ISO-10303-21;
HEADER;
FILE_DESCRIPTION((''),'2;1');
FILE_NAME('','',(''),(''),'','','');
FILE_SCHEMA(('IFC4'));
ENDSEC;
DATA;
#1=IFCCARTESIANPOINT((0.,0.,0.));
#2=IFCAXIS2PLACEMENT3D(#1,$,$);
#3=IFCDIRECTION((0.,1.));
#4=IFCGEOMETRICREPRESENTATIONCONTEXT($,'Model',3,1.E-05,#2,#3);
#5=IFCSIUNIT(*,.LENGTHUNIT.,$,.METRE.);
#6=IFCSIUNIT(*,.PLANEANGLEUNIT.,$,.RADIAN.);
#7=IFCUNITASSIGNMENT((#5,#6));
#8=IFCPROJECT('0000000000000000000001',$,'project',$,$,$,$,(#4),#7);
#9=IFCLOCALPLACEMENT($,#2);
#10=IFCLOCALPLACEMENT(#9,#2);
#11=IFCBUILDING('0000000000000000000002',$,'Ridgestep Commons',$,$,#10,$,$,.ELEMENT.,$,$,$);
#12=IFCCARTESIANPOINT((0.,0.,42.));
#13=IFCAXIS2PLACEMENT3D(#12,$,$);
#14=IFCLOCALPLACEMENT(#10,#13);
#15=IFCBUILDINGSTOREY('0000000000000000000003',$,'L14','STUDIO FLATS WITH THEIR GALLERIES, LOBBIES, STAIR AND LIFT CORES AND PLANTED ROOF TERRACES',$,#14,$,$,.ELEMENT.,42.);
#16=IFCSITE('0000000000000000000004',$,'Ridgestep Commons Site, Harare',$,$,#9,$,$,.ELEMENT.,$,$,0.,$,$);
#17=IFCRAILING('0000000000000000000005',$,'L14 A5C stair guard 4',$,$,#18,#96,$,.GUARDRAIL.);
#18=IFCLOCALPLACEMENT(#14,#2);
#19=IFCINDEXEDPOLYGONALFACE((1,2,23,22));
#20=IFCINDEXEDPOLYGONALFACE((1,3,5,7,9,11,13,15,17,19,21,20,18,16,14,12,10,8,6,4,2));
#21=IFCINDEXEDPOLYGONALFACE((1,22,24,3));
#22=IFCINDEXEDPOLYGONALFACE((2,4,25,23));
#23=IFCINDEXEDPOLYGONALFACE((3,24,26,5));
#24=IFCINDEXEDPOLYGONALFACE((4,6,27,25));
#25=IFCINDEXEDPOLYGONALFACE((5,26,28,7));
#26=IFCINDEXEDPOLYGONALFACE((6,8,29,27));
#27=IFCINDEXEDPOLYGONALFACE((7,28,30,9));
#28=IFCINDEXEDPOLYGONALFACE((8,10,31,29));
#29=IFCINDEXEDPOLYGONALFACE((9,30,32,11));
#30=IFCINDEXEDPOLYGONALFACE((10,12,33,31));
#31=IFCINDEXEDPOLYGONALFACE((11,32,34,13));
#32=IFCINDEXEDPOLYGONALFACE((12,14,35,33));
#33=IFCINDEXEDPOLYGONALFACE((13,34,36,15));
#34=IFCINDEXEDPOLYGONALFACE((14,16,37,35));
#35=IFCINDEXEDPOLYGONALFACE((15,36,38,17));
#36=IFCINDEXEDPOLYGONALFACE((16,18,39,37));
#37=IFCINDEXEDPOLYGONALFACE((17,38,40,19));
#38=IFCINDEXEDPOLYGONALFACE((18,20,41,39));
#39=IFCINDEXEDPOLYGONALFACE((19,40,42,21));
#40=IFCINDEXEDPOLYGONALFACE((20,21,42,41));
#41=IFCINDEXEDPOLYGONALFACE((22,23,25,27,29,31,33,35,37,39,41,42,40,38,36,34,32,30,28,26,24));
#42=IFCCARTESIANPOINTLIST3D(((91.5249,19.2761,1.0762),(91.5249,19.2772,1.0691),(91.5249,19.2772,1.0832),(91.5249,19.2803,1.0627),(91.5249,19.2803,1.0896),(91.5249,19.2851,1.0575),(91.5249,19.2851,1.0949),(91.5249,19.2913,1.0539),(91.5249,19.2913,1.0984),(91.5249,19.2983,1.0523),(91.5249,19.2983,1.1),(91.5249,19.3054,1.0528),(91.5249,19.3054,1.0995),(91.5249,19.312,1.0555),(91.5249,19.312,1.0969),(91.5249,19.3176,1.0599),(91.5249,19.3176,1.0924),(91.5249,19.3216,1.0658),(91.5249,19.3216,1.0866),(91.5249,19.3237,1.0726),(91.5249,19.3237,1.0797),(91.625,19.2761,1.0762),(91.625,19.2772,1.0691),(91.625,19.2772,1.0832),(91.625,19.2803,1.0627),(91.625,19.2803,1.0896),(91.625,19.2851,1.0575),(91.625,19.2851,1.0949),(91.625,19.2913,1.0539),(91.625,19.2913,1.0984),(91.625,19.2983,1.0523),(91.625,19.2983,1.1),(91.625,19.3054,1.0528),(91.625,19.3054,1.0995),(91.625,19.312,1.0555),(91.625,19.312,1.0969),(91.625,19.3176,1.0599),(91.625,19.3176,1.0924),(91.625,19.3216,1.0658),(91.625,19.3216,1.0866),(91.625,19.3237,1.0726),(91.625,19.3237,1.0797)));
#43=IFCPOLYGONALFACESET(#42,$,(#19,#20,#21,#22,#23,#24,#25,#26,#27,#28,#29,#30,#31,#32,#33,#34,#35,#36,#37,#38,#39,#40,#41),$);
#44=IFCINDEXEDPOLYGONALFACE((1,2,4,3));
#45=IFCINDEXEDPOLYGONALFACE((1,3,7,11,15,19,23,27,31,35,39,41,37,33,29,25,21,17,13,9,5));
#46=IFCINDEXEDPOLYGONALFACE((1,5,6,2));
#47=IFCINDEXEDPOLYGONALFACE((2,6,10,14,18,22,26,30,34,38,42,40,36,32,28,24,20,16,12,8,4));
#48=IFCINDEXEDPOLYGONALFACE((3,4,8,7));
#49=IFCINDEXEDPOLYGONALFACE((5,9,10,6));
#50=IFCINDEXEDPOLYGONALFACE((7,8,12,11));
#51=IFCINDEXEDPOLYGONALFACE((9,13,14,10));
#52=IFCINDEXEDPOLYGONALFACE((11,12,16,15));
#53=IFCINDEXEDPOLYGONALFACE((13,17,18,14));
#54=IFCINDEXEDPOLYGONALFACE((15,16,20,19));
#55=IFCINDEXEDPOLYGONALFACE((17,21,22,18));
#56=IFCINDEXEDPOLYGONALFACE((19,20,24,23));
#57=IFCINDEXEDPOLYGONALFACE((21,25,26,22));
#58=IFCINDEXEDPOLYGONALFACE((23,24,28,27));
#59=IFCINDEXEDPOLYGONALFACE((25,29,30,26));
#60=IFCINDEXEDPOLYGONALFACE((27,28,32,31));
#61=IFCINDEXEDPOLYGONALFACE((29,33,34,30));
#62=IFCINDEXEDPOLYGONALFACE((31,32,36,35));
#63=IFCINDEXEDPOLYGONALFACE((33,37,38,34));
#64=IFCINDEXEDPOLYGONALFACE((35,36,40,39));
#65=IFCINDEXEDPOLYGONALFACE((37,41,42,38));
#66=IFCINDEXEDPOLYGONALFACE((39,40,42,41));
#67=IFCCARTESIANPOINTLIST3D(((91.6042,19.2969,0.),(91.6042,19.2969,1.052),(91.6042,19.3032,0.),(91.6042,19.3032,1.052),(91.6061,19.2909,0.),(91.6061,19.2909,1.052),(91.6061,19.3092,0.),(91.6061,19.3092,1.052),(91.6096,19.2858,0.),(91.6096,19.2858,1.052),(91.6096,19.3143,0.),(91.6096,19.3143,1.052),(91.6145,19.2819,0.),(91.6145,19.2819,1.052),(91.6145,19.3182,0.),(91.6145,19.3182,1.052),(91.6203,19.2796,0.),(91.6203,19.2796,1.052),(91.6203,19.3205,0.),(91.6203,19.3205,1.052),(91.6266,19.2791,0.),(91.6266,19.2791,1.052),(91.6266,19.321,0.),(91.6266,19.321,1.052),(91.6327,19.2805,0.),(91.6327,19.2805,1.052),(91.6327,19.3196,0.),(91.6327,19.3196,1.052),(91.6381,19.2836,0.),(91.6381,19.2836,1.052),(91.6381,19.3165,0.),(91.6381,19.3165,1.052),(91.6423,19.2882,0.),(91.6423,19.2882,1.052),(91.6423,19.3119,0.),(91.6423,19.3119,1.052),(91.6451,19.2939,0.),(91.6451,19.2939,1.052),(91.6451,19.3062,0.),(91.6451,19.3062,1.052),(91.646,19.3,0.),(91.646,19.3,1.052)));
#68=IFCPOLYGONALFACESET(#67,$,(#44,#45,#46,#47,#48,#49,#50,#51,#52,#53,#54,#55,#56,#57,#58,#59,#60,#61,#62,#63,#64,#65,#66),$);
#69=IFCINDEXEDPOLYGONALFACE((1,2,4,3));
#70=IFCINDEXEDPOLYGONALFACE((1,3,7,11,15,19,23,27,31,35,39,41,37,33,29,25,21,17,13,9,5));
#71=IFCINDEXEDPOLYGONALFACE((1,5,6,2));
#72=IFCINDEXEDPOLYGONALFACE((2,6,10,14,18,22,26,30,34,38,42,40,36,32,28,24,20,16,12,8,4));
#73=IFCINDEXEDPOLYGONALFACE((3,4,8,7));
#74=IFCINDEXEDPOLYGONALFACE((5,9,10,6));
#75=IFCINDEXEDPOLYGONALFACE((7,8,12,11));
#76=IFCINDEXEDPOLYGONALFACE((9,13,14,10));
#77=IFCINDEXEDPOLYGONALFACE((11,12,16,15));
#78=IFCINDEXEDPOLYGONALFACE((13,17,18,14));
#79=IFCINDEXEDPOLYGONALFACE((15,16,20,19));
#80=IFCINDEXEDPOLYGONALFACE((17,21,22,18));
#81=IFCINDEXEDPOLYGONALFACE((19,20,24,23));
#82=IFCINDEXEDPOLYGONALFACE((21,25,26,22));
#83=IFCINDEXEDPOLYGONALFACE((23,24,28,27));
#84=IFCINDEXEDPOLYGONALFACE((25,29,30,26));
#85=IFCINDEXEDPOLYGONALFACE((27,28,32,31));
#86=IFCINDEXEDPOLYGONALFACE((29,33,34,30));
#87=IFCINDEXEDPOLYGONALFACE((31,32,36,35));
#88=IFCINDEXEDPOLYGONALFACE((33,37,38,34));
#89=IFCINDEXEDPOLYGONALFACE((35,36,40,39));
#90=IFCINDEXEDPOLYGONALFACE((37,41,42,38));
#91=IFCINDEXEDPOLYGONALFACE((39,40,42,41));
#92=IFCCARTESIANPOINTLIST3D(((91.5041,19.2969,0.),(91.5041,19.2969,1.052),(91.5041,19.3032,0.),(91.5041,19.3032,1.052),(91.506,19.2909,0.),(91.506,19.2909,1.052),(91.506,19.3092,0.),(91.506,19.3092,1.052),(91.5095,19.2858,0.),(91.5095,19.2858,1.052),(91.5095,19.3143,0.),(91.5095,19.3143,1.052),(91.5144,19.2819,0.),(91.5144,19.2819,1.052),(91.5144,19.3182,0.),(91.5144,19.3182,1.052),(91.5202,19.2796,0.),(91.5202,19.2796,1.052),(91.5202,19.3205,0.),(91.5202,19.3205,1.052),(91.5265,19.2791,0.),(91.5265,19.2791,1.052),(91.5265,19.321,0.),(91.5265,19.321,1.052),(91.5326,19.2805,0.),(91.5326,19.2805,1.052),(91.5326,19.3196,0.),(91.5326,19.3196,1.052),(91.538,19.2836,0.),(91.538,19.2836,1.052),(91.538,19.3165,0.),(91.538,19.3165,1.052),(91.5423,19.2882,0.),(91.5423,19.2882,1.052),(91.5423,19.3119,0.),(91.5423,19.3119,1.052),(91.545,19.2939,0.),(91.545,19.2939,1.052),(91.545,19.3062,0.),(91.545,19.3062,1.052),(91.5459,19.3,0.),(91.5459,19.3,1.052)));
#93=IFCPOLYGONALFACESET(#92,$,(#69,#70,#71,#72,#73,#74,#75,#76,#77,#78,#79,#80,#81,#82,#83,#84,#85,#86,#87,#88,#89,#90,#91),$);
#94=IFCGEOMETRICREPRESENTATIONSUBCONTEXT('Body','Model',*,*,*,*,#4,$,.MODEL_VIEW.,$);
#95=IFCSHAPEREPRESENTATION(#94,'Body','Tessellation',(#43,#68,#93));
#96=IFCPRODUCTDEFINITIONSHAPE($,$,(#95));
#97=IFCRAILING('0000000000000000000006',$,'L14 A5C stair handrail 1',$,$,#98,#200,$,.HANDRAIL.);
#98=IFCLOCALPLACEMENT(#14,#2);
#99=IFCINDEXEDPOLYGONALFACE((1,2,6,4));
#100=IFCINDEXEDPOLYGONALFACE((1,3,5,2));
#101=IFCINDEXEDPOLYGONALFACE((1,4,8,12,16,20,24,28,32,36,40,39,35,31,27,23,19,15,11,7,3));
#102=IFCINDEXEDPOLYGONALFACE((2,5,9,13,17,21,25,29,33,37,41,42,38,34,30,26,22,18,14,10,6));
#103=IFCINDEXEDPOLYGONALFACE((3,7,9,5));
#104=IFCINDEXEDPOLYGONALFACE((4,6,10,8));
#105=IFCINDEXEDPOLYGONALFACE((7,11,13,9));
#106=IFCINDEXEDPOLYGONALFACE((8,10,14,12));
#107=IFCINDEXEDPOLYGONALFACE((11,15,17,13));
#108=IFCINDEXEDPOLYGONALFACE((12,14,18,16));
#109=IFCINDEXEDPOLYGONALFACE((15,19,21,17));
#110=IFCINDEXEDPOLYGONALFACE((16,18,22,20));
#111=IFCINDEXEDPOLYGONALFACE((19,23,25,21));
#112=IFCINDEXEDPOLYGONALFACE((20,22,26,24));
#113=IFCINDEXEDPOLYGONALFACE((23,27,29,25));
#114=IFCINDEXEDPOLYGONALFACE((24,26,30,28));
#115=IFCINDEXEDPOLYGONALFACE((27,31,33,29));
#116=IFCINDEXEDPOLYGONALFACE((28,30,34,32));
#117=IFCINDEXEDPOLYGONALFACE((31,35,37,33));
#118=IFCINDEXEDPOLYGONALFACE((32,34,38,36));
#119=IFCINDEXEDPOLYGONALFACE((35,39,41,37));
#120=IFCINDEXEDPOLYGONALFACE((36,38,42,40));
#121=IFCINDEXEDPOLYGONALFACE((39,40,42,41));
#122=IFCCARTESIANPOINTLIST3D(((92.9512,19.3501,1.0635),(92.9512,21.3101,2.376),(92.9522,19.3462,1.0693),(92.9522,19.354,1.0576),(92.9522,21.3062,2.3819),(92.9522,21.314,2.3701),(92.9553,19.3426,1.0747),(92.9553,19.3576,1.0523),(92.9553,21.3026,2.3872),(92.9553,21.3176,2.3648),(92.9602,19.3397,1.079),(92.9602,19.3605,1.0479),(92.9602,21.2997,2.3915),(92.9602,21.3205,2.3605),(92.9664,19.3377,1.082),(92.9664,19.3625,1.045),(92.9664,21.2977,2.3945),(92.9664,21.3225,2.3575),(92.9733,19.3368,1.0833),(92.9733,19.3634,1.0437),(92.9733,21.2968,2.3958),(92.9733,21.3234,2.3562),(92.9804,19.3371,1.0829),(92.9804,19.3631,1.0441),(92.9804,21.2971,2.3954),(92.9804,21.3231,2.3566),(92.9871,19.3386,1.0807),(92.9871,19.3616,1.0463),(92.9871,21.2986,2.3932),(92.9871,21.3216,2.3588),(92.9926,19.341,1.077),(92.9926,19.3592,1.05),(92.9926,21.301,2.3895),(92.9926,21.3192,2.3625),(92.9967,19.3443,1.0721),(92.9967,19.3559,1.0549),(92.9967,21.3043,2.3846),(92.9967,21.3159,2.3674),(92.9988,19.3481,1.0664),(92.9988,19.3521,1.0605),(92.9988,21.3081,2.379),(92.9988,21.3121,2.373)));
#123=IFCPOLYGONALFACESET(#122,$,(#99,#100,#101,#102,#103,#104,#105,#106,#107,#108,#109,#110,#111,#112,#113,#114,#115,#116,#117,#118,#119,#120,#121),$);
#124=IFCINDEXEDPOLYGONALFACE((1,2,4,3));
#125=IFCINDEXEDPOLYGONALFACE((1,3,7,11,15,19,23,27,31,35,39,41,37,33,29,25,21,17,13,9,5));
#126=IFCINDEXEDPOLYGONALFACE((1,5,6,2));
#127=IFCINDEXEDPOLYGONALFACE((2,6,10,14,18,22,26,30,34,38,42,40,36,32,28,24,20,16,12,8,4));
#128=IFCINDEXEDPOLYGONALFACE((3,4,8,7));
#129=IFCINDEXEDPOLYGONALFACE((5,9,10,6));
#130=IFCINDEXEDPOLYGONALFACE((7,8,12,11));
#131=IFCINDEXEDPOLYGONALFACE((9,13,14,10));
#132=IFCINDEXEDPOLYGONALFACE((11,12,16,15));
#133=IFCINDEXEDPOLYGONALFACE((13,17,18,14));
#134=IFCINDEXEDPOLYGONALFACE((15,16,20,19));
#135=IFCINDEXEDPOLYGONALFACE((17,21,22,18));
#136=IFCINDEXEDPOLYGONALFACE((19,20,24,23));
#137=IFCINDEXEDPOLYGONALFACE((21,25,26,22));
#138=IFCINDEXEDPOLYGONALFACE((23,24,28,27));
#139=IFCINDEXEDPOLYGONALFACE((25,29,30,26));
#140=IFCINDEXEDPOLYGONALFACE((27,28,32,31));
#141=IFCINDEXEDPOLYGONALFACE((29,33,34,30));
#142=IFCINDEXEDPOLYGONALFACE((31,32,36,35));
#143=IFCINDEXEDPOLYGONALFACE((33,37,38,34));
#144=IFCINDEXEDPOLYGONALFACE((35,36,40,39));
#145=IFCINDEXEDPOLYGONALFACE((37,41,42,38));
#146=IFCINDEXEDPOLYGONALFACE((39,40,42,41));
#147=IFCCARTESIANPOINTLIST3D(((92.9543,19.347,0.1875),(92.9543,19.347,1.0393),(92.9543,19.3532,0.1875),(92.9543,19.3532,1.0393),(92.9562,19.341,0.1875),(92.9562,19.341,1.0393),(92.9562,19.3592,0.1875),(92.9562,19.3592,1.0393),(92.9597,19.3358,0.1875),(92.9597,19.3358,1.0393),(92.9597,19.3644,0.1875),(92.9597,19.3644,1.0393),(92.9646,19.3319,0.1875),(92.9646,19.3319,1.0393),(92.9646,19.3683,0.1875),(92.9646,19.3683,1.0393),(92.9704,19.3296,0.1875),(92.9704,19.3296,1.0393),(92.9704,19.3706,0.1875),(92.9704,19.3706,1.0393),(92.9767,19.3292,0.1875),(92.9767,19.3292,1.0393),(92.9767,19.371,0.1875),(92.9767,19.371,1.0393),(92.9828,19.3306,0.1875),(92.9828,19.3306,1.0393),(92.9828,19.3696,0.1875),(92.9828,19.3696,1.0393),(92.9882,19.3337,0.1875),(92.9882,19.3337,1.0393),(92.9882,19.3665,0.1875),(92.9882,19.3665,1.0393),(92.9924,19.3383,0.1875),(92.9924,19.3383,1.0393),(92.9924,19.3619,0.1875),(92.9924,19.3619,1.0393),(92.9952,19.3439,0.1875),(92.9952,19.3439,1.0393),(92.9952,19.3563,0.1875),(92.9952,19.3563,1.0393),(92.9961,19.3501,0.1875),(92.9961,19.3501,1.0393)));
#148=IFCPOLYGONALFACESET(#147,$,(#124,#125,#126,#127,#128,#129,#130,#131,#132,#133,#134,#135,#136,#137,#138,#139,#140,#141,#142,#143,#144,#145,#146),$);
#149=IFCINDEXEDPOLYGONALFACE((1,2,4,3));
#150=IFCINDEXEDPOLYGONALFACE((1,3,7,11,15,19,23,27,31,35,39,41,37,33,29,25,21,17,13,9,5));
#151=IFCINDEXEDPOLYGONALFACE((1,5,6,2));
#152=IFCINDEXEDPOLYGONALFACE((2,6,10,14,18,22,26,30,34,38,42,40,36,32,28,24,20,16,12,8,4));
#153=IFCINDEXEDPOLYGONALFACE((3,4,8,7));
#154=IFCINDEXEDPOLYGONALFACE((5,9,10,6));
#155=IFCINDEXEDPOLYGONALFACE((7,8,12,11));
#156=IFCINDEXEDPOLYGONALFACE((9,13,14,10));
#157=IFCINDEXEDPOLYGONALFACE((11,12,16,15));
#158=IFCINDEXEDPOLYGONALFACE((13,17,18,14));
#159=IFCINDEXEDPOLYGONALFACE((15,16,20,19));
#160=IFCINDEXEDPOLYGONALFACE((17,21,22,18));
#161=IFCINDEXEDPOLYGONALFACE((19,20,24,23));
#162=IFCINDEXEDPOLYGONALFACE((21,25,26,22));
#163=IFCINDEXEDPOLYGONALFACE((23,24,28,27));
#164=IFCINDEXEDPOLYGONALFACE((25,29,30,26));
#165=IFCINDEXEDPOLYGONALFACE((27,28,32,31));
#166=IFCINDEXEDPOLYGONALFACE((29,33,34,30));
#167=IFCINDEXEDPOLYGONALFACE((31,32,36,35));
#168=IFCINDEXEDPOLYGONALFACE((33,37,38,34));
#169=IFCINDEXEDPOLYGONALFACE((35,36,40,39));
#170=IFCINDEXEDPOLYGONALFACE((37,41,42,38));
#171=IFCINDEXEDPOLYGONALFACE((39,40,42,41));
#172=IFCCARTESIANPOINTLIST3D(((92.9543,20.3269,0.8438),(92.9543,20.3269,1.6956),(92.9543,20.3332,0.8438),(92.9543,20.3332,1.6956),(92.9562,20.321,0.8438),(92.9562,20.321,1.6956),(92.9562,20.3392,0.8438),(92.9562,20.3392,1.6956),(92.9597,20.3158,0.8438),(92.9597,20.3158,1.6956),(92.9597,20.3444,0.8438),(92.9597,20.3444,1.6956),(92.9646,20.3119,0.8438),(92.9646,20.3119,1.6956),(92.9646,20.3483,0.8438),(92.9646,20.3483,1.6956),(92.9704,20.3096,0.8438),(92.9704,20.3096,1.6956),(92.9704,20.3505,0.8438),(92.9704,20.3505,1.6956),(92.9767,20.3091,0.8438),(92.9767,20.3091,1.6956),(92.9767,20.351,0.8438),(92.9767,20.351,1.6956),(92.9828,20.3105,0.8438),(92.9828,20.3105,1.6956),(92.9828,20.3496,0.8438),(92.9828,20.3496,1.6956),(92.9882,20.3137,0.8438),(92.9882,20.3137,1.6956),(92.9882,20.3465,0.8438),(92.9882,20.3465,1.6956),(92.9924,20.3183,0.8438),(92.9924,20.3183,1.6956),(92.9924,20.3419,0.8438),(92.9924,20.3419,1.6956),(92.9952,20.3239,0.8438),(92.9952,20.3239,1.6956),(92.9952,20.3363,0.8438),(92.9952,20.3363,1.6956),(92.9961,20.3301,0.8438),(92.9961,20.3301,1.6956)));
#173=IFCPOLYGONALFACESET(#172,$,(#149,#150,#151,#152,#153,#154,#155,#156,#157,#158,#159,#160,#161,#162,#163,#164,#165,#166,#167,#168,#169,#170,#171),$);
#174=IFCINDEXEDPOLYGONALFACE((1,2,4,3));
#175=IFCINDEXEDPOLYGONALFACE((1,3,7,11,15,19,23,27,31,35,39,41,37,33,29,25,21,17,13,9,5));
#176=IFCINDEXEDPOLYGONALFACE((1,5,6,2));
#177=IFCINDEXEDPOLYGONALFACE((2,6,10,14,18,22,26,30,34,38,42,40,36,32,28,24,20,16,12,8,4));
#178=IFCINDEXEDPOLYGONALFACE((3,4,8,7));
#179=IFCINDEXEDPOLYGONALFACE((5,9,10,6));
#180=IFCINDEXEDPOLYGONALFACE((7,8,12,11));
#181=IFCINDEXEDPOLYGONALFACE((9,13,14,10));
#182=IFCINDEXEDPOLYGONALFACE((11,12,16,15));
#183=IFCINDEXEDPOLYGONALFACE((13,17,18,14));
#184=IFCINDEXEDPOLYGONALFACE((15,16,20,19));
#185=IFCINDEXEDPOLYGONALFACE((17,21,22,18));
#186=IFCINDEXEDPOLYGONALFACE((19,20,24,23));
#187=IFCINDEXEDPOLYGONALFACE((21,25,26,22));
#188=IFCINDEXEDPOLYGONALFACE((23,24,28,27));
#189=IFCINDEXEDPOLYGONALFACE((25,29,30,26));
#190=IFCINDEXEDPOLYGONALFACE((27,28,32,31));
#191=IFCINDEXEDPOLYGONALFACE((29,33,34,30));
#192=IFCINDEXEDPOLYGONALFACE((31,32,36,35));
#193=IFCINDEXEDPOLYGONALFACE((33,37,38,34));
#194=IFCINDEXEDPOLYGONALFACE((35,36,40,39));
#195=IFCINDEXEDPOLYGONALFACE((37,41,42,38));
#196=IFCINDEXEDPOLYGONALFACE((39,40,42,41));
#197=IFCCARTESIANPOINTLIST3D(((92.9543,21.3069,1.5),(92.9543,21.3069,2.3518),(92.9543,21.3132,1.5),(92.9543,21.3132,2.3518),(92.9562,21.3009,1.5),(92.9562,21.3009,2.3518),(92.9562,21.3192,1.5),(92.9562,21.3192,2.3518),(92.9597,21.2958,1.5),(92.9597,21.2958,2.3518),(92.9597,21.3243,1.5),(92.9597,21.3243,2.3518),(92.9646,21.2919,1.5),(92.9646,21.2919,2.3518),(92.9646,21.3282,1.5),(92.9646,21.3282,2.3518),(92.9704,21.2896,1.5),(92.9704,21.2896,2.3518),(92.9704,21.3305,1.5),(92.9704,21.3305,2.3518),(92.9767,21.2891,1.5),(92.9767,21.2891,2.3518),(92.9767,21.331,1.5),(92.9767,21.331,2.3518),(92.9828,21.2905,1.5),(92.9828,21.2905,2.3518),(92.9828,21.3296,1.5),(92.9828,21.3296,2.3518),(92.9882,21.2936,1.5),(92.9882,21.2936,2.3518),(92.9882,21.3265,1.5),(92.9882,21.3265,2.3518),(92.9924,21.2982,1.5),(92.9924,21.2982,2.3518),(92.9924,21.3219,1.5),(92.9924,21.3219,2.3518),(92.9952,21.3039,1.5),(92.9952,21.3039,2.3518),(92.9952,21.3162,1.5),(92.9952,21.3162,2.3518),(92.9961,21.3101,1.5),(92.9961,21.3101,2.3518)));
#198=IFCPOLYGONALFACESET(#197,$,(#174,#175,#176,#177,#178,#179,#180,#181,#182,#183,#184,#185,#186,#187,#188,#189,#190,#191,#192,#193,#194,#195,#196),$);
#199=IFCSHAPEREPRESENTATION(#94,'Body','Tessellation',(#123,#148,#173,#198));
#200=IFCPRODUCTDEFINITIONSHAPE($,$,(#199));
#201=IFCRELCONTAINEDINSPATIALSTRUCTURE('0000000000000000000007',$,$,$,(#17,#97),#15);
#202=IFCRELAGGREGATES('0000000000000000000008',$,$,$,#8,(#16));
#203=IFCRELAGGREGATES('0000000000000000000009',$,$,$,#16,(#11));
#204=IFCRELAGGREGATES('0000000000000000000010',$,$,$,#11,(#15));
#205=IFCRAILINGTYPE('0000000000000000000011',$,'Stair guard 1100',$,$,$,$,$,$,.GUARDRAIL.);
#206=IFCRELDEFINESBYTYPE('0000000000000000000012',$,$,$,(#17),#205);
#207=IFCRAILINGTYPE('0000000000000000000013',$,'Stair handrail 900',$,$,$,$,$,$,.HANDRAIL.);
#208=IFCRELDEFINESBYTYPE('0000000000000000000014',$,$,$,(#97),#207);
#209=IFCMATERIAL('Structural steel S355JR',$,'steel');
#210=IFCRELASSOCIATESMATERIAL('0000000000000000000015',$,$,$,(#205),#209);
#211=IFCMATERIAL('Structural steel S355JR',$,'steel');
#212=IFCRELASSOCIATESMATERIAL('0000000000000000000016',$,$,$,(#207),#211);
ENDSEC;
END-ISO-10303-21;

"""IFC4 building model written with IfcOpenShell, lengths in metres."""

from ifc_helpers import new_model, si_unit, direction, frame, origin, origin_2d, place, context, subcontext, project, spatial, circle, extrude, material, type_object, element, save


model = new_model("IFC4")

# Units and contexts
model_context = context("Model", 3, precision=1e-05, world=origin(), true_north=direction((0.0, 1.0)))
body_context = subcontext(model_context, "Body", "Model", "MODEL_VIEW")
ifc_project = project(units=[si_unit("LENGTHUNIT", "METRE"), si_unit("PLANEANGLEUNIT", "RADIAN")], contexts=[model_context])

# Site, building, storey
site_placement = place(None, origin())
site = spatial("IfcSite", under=ifc_project, at=site_placement, Name="Ridgestep Commons Site, Harare", CompositionType="ELEMENT", RefElevation=0.0)
building_placement = place(site_placement, origin())
building = spatial("IfcBuilding", under=site, at=building_placement, Name="Ridgestep Commons", CompositionType="ELEMENT")
storey_placement = place(building_placement, frame((0.0, 0.0, 42.0)))
storey = spatial("IfcBuildingStorey", under=building, at=storey_placement, Name="L14", Description="STUDIO FLATS WITH THEIR GALLERIES, LOBBIES, STAIR AND LIFT CORES AND PLANTED ROOF TERRACES", CompositionType="ELEMENT", Elevation=42.0)

# Railings
ifc_material_1 = material(Name="Structural steel S355JR", Category="steel")
railing_type_1 = type_object("IfcRailingType", Name="Stair guard 1100", PredefinedType="GUARDRAIL", material=ifc_material_1)
for number, where, name in (
    (1, (91.625, 19.3, 0.0), "L14 A5C stair guard 4"),
):
    element("IfcRailing", number, at=place(storey_placement, frame(where)), inside=storey, type_object=railing_type_1, Name=name, PredefinedType="GUARDRAIL", context=body_context, shape_type="SweptSolid", body=[
        extrude(circle(Radius=0.0239, at=origin_2d()), frame((0.0, 0.0, 1.0762), z_axis=(-1.0, 0.0, 0.0), x_axis=(0.0, -1.0, 0.0)), (0.0, 0.0, 1.0), 0.1001),
        extrude(circle(Radius=0.021, at=origin_2d()), origin(), (0.0, 0.0, 1.0), 1.052),
        extrude(circle(Radius=0.021, at=origin_2d()), frame((-0.1001, 0.0, 0.0)), (0.0, 0.0, 1.0), 1.052),
    ])
ifc_material_2 = material(Name="Structural steel S355JR", Category="steel")
railing_type_2 = type_object("IfcRailingType", Name="Stair handrail 900", PredefinedType="HANDRAIL", material=ifc_material_2)
railing_1_placement = place(storey_placement, frame((92.9751, 19.3501, 0.1875)))
element("IfcRailing", 2, at=railing_1_placement, inside=storey, type_object=railing_type_2, Name="L14 A5C stair handrail 1", PredefinedType="HANDRAIL", context=body_context, shape_type="SweptSolid", body=[
    extrude(circle(Radius=0.0239, at=origin_2d()), frame((0.0, 0.0, 0.876), z_axis=(0.0, 0.830902, 0.556419), x_axis=(-1.0, 0.0, 0.0)), (0.0, 0.0, 1.0), 2.3589),
    extrude(circle(Radius=0.021, at=origin_2d()), origin(), (0.0, 0.0, 1.0), 0.8518),
    extrude(circle(Radius=0.021, at=origin_2d()), frame((0.0, 0.98, 0.6562)), (0.0, 0.0, 1.0), 0.8518),
    extrude(circle(Radius=0.021, at=origin_2d()), frame((0.0, 1.96, 1.3125)), (0.0, 0.0, 1.0), 0.8518),
])

save(model, "model.ifc")
